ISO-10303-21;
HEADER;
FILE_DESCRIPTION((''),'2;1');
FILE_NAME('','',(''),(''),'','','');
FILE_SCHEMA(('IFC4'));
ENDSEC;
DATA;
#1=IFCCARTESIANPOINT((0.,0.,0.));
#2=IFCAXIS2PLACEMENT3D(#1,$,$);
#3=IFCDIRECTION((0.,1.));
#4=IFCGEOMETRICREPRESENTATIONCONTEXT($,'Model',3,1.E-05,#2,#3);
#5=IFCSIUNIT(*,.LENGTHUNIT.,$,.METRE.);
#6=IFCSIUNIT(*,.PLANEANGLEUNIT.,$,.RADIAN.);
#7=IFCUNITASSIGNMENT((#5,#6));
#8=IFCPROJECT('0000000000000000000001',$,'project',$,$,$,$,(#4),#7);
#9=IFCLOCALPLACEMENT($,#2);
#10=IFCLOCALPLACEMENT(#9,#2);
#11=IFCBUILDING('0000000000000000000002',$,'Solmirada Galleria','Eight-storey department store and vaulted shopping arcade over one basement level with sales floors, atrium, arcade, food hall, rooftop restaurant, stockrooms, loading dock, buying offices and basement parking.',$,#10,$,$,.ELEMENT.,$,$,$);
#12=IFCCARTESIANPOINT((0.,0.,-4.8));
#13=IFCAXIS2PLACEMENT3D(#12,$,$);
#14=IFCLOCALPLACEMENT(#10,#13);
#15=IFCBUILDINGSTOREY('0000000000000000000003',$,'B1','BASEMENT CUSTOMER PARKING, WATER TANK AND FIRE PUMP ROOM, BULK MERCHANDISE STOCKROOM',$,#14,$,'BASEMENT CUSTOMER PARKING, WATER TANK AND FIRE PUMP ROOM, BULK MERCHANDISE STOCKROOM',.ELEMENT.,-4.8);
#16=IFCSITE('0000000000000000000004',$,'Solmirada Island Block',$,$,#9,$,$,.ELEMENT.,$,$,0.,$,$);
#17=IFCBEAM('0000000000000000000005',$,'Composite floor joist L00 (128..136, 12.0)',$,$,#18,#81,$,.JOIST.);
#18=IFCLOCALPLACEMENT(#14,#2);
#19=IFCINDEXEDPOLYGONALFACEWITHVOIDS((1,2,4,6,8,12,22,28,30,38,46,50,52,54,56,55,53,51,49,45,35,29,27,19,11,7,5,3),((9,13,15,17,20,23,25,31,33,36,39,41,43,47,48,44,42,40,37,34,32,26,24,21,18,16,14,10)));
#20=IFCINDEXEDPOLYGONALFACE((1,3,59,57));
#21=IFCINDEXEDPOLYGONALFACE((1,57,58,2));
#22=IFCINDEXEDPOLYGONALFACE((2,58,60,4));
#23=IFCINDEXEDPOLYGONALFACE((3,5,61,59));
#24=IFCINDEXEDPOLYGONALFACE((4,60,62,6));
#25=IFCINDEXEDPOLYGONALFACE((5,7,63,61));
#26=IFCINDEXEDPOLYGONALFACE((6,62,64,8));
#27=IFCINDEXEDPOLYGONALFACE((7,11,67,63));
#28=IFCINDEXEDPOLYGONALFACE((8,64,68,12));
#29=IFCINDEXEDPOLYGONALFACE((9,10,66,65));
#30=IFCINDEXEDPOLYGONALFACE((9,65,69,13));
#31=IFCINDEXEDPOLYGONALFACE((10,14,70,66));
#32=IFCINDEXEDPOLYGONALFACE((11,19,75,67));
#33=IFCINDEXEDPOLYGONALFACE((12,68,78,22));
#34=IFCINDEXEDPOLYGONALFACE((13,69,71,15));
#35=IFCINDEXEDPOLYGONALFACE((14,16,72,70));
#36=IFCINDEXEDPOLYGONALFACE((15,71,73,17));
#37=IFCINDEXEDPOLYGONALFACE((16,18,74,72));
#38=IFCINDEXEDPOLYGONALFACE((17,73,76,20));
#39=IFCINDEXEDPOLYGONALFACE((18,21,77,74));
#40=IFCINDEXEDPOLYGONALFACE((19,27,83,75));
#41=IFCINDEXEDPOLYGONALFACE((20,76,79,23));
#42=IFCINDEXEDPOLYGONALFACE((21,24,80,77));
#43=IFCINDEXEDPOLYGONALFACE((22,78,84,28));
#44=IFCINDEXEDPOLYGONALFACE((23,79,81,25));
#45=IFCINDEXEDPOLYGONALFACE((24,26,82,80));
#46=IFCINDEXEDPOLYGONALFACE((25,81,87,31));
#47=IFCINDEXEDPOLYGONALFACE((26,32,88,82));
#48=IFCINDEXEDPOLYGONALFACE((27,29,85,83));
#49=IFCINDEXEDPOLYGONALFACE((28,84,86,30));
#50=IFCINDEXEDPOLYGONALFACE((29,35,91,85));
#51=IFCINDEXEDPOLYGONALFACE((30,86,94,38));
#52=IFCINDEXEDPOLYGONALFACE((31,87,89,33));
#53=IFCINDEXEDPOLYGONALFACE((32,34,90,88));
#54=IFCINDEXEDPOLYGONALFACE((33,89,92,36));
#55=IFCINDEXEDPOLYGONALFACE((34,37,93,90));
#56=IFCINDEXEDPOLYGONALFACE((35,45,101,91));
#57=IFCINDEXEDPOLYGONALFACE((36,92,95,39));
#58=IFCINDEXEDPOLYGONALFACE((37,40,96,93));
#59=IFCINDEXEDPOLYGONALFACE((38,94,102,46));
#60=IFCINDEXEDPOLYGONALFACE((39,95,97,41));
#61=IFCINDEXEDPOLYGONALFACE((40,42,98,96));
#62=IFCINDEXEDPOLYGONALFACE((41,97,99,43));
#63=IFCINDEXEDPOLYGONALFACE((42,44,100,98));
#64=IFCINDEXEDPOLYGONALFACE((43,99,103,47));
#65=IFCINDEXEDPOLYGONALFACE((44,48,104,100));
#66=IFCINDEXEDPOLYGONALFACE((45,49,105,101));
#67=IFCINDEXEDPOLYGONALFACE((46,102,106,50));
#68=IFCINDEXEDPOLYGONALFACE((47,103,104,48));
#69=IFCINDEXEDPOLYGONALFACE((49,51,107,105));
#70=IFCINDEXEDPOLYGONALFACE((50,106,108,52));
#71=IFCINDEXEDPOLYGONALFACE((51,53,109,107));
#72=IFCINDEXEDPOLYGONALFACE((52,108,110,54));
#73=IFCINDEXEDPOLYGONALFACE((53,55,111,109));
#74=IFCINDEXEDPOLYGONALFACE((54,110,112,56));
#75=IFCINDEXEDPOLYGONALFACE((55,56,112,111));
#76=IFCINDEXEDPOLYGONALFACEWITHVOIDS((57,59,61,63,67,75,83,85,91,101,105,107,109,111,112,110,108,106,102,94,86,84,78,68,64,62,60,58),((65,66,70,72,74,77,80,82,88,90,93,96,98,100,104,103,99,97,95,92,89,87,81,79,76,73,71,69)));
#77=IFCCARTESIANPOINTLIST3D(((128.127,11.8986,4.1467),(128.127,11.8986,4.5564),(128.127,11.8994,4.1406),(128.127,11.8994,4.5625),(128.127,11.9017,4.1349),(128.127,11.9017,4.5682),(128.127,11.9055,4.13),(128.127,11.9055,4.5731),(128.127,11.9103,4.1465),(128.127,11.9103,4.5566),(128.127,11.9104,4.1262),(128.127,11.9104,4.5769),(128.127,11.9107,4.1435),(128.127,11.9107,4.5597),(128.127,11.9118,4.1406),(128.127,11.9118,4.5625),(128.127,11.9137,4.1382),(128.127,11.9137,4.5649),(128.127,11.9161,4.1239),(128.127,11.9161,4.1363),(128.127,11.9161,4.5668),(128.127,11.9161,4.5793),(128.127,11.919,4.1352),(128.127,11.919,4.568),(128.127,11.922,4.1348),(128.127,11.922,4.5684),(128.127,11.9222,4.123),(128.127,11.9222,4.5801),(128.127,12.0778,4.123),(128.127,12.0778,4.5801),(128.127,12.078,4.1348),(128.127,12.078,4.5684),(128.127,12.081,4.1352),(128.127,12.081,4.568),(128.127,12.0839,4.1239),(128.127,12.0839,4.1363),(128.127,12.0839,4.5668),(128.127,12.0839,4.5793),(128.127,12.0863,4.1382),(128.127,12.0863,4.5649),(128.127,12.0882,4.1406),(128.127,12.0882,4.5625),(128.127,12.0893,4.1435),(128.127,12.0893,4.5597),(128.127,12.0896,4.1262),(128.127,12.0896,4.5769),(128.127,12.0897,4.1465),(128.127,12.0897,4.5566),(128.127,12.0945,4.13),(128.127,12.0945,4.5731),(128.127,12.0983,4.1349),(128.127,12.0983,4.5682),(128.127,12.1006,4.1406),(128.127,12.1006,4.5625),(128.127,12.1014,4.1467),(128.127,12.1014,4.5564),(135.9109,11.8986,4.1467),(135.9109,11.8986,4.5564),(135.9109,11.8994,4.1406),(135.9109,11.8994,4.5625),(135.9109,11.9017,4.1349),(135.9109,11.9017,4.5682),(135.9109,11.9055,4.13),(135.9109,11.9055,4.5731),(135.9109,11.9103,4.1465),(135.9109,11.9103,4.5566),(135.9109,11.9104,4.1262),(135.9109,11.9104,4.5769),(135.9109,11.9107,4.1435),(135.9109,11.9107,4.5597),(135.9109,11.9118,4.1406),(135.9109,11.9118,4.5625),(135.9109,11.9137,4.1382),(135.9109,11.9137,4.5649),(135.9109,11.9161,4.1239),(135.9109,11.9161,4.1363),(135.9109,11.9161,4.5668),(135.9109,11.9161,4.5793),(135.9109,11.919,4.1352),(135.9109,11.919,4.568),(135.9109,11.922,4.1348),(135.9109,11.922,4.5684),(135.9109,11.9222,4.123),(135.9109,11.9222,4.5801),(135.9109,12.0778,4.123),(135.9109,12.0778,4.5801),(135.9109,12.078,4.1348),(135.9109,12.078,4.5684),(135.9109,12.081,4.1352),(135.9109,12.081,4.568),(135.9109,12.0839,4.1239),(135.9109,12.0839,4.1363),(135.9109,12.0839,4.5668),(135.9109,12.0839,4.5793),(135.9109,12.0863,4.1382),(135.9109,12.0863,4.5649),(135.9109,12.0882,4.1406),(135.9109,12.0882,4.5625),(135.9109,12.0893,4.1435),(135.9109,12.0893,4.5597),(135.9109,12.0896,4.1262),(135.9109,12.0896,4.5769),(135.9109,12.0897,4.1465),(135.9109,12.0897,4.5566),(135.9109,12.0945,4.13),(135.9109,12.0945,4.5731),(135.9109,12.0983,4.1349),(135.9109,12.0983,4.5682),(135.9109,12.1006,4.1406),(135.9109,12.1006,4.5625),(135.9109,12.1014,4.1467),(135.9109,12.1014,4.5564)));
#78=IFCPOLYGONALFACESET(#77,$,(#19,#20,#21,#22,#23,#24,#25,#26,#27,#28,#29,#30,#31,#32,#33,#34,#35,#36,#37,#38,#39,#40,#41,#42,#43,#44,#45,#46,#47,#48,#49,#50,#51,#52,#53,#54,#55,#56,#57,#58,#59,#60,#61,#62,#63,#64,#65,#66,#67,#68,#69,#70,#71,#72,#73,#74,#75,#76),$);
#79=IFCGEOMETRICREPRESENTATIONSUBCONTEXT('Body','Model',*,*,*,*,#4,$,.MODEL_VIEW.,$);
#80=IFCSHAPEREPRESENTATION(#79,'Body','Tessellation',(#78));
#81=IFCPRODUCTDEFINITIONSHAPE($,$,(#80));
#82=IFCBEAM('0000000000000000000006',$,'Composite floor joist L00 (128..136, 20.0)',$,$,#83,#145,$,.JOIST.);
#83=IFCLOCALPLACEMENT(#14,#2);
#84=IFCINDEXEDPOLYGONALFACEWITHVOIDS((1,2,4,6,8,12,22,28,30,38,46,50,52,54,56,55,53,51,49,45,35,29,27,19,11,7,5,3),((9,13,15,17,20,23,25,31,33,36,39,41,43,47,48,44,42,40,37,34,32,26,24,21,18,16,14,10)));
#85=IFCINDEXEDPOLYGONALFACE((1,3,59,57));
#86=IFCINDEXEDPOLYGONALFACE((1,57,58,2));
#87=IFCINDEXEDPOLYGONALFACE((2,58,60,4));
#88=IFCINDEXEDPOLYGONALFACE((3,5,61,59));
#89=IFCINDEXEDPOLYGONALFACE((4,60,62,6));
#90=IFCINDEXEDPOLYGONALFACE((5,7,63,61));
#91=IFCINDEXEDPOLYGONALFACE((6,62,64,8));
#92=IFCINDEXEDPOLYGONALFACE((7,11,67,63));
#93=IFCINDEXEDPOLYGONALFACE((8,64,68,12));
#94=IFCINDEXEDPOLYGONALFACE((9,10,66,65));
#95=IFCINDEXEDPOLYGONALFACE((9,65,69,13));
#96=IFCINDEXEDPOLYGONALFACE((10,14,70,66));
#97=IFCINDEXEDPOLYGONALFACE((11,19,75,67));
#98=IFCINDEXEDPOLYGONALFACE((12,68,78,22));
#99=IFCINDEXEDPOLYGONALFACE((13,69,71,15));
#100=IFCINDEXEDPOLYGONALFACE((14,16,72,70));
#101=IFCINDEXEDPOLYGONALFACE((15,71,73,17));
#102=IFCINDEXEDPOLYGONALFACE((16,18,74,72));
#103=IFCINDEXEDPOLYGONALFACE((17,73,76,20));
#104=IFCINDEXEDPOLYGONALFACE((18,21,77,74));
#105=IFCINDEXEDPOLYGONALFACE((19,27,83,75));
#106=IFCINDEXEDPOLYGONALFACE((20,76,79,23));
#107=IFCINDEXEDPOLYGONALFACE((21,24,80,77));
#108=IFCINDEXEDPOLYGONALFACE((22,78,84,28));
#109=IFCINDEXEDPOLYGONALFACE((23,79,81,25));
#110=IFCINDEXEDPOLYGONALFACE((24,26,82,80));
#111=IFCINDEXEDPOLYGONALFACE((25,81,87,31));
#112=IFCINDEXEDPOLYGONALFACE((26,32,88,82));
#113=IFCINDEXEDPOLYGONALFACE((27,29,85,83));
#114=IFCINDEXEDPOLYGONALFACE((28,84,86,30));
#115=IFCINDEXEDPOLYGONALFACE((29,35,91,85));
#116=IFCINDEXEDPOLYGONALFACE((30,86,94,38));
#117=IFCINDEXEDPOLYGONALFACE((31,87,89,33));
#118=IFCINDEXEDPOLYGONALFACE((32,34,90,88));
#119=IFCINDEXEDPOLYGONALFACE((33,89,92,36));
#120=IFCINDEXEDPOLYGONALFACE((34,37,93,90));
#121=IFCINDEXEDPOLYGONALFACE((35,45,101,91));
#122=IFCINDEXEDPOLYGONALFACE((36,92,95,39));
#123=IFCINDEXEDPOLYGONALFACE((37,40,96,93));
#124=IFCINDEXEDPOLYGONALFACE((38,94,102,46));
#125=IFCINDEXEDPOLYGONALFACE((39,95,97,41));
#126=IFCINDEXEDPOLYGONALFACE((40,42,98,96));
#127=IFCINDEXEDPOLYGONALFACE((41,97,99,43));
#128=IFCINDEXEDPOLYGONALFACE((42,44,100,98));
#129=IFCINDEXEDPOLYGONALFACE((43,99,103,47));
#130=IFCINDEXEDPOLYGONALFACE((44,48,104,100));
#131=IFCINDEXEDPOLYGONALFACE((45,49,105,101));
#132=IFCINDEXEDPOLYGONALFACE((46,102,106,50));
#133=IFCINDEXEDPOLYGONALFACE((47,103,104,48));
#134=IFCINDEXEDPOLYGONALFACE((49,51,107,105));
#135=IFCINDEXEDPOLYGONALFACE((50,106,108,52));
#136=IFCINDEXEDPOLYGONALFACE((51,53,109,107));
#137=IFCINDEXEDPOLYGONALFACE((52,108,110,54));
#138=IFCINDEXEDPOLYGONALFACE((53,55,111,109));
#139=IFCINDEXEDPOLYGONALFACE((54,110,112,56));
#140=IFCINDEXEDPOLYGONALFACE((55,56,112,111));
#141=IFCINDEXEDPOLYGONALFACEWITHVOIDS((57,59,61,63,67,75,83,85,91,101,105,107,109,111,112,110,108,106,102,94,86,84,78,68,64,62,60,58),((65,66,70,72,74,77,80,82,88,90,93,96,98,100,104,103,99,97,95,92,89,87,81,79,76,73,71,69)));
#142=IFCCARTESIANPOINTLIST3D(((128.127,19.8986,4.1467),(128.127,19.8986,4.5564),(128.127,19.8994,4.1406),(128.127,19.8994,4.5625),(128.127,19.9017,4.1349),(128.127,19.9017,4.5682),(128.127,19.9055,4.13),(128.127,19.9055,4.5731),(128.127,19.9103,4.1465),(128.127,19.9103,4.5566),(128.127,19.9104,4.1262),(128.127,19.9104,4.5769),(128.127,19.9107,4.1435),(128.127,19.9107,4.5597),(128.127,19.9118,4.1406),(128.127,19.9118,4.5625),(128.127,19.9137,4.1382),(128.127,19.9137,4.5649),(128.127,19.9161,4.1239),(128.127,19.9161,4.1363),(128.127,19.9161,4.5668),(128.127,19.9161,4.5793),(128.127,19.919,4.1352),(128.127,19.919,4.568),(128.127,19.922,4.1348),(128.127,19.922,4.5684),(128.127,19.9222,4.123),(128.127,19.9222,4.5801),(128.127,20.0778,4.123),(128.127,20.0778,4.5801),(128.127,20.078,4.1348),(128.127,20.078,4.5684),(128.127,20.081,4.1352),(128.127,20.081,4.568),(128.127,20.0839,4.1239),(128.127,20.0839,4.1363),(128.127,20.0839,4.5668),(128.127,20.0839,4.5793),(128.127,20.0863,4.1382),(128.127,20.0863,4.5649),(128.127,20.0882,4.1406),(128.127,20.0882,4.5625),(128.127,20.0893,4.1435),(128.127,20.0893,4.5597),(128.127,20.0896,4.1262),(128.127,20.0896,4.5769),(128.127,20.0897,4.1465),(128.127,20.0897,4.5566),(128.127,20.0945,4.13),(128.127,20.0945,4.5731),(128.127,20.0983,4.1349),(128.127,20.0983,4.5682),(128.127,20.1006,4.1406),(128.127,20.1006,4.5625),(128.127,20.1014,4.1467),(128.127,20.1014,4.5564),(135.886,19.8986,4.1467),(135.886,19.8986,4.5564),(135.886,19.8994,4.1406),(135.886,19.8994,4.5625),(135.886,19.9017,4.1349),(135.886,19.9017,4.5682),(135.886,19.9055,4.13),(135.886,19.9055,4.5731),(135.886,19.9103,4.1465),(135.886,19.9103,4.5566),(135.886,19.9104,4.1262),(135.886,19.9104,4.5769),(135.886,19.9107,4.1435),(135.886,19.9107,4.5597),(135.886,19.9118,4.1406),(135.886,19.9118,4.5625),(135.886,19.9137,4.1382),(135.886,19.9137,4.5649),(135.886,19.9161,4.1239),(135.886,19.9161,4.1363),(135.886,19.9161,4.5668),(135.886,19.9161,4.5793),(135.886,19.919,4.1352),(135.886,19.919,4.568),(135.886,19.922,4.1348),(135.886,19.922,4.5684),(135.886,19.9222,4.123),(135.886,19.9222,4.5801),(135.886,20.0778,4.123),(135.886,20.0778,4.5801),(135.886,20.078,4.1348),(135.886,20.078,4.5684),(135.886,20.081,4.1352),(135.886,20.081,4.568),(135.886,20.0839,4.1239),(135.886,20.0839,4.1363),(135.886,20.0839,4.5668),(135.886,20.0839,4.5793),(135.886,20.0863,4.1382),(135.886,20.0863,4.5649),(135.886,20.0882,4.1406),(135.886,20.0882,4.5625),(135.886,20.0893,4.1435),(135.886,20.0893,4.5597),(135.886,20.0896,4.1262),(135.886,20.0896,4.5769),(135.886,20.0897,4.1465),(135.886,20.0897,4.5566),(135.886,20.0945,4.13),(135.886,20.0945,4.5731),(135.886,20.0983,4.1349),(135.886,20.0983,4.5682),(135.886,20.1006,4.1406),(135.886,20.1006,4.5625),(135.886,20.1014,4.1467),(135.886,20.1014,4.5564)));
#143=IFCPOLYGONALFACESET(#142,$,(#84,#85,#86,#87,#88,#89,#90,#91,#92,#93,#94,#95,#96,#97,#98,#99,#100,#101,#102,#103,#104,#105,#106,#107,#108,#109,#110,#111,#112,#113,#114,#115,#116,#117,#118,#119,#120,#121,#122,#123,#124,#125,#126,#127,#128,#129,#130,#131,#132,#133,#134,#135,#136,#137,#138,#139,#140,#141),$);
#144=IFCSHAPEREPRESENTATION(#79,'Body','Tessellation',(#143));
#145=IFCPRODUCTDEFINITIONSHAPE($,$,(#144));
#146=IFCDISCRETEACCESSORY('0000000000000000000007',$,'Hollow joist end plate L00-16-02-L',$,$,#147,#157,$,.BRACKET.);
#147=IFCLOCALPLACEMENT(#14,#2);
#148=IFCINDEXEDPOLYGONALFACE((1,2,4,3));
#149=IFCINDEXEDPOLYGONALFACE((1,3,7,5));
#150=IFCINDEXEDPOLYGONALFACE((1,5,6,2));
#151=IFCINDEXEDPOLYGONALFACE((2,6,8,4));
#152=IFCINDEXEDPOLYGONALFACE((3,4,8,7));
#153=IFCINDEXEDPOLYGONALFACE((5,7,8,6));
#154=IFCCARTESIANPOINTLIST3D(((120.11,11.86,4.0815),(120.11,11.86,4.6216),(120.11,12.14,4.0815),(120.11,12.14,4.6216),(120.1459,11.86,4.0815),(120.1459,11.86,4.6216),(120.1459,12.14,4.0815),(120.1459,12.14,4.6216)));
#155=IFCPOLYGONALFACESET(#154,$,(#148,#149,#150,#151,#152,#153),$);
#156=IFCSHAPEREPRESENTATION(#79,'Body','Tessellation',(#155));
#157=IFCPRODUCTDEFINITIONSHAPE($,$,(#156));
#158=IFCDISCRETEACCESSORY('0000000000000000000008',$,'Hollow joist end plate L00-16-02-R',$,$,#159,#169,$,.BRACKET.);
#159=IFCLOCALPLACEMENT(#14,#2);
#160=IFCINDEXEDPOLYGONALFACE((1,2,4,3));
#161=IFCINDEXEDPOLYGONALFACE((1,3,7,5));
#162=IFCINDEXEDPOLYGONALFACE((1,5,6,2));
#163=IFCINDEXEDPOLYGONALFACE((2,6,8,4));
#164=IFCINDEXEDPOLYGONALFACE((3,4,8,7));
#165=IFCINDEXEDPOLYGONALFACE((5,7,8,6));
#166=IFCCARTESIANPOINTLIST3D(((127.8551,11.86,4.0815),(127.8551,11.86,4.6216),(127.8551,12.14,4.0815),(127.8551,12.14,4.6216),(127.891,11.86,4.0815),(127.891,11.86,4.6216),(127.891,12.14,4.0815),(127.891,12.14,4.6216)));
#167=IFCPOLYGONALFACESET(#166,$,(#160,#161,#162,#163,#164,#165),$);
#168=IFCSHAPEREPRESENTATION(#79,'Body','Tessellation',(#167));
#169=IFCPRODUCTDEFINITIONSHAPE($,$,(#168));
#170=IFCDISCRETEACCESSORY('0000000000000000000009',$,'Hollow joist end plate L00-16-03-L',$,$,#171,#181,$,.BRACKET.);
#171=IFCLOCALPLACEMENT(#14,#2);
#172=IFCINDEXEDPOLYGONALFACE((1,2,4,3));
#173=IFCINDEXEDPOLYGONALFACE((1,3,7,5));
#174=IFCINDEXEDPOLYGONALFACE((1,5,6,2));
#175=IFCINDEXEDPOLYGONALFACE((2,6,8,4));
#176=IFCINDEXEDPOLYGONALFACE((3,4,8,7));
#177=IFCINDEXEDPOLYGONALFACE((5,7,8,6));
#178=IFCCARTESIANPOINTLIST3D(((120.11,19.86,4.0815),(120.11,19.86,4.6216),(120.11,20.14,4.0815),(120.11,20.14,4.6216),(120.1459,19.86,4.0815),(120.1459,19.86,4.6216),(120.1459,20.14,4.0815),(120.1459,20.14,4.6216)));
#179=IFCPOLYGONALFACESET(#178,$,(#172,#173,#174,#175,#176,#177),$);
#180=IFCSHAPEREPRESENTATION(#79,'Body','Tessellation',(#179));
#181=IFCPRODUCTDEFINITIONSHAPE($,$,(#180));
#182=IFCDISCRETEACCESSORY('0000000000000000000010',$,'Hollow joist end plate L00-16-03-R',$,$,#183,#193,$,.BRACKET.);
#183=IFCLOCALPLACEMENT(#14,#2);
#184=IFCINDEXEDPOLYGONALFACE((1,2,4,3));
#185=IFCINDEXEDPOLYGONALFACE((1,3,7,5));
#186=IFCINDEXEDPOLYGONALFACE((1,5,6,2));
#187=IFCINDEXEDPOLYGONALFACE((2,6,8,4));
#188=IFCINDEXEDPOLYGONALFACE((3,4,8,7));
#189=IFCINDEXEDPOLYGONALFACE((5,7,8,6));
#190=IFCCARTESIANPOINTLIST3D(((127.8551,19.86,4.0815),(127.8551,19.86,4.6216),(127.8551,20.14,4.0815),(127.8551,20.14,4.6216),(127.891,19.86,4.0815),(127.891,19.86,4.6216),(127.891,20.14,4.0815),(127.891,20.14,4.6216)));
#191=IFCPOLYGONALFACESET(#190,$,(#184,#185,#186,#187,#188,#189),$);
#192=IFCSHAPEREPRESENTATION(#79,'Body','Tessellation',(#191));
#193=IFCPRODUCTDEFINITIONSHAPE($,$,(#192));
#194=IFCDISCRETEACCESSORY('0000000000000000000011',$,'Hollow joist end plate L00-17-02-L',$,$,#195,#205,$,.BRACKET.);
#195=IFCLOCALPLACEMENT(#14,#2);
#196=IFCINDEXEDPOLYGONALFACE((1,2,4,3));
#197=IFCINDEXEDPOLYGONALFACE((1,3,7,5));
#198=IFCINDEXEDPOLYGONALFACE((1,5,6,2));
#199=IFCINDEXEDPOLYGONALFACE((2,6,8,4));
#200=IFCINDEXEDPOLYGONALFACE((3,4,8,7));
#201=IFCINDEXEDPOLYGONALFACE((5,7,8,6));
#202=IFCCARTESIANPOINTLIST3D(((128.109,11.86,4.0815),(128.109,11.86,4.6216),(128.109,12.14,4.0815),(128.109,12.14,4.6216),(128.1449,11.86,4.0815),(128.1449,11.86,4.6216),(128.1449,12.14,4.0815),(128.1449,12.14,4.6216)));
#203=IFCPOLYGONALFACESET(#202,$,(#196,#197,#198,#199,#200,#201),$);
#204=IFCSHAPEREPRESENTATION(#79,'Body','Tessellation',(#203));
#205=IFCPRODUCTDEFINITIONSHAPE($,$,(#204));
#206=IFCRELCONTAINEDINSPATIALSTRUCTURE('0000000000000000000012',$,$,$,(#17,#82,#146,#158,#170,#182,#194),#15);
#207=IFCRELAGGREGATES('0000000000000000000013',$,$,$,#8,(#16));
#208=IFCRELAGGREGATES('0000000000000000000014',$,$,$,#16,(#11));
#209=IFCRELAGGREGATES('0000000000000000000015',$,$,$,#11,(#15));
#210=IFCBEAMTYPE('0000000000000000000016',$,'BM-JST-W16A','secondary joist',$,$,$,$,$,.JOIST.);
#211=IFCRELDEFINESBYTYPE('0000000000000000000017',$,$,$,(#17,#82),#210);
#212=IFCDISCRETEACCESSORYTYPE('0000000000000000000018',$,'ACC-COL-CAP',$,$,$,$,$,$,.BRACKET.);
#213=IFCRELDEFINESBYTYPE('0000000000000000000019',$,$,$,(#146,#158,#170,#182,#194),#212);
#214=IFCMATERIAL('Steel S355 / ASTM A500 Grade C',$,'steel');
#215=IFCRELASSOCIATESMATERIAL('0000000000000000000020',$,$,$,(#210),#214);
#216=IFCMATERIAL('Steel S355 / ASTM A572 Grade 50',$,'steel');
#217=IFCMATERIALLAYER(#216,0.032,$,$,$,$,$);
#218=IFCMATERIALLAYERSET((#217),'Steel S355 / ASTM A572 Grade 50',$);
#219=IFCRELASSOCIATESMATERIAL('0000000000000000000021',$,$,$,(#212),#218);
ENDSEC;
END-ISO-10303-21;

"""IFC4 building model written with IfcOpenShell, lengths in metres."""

from ifc_helpers import new_model, si_unit, direction, frame, origin, origin_2d, place, context, subcontext, project, spatial, rectangle, hollow_rectangle, extrude, material, layer, layer_set, material_profile, profile_set, type_object, element, save


model = new_model("IFC4")

# Units and contexts
model_context = context("Model", 3, precision=1e-05, world=origin(), true_north=direction((0.0, 1.0)))
body_context = subcontext(model_context, "Body", "Model", "MODEL_VIEW")
ifc_project = project(units=[si_unit("LENGTHUNIT", "METRE"), si_unit("PLANEANGLEUNIT", "RADIAN")], contexts=[model_context])

# Site, building, storey
site_placement = place(None, origin())
site = spatial("IfcSite", under=ifc_project, at=site_placement, Name="Solmirada Island Block", CompositionType="ELEMENT", RefElevation=0.0)
building_placement = place(site_placement, origin())
building = spatial("IfcBuilding", under=site, at=building_placement, Name="Solmirada Galleria", Description="Eight-storey department store and vaulted shopping arcade over one basement level with sales floors, atrium, arcade, food hall, rooftop restaurant, stockrooms, loading dock, buying offices and basement parking.", CompositionType="ELEMENT")
storey_placement = place(building_placement, frame((0.0, 0.0, -4.8)))
storey = spatial("IfcBuildingStorey", under=building, at=storey_placement, Name="B1", Description="BASEMENT CUSTOMER PARKING, WATER TANK AND FIRE PUMP ROOM, BULK MERCHANDISE STOCKROOM", LongName="BASEMENT CUSTOMER PARKING, WATER TANK AND FIRE PUMP ROOM, BULK MERCHANDISE STOCKROOM", CompositionType="ELEMENT", Elevation=-4.8)

# Beams
ifc_material_1 = material(Name="Steel S355 / ASTM A500 Grade C", Category="steel")
ifc_material_profile_1 = material_profile(ifc_material_1, hollow_rectangle(XDim=0.2029, YDim=0.457, WallThickness=0.0117, InnerFilletRadius=0.0117, OuterFilletRadius=0.0237, at=origin_2d()), Name="HSS18X8X1/2")
ifc_profile_set_1 = profile_set([ifc_material_profile_1], Name="Steel S355 / ASTM A500 Grade C")
beam_type_1 = type_object("IfcBeamType", Name="BM-JST-W16A", Description="secondary joist", PredefinedType="JOIST", material=ifc_profile_set_1)
beam_1_placement = place(storey_placement, frame((128.127, 12.0, 4.3516), z_axis=(1.0, 0.0, 0.0), x_axis=(0.0, 1.0, 0.0)))
element("IfcBeam", 1, at=beam_1_placement, inside=storey, type_object=beam_type_1, Name="Composite floor joist L00 (128..136, 12.0)", PredefinedType="JOIST", context=body_context, shape_type="SweptSolid", body=[
    extrude(hollow_rectangle(XDim=0.2029, YDim=0.457, WallThickness=0.0117, InnerFilletRadius=0.0117, OuterFilletRadius=0.0237, at=origin_2d()), origin(), (0.0, 0.0, 1.0), 7.7839),
])
beam_2_placement = place(storey_placement, frame((128.127, 20.0, 4.3516), z_axis=(1.0, 0.0, 0.0), x_axis=(0.0, 1.0, 0.0)))
element("IfcBeam", 2, at=beam_2_placement, inside=storey, type_object=beam_type_1, Name="Composite floor joist L00 (128..136, 20.0)", PredefinedType="JOIST", context=body_context, shape_type="SweptSolid", body=[
    extrude(hollow_rectangle(XDim=0.2029, YDim=0.457, WallThickness=0.0117, InnerFilletRadius=0.0117, OuterFilletRadius=0.0237, at=origin_2d()), origin(), (0.0, 0.0, 1.0), 7.759),
])

# Discrete accessories
ifc_material_2 = material(Name="Steel S355 / ASTM A572 Grade 50", Category="steel")
ifc_layer = layer(ifc_material_2, 0.032)
ifc_layer_set = layer_set([ifc_layer], Name="Steel S355 / ASTM A572 Grade 50")
discrete_accessory_type = type_object("IfcDiscreteAccessoryType", Name="ACC-COL-CAP", PredefinedType="BRACKET", material=ifc_layer_set)
for number, where, z_axis, x_axis, name in (
    (3, (120.1279, 12.0, 4.0815), (0.0, 0.0, 1.0), (1.0, 0.0, 0.0), "Hollow joist end plate L00-16-02-L"),
    (4, (127.873, 12.0, 4.0815), (0.0, 0.0, 1.0), (1.0, 0.0, 0.0), "Hollow joist end plate L00-16-02-R"),
    (5, (120.1279, 20.0, 4.0815), (0.0, 0.0, 1.0), (1.0, 0.0, 0.0), "Hollow joist end plate L00-16-03-L"),
    (6, (127.873, 20.0, 4.0815), (0.0, 0.0, 1.0), (1.0, 0.0, 0.0), "Hollow joist end plate L00-16-03-R"),
    (7, (128.127, 12.0, 4.0815), (0.0, 0.0, 1.0), (1.0, 0.0, 0.0), "Hollow joist end plate L00-17-02-L"),
):
    element("IfcDiscreteAccessory", number, at=place(storey_placement, frame(where, z_axis=z_axis, x_axis=x_axis)), inside=storey, type_object=discrete_accessory_type, Name=name, PredefinedType="BRACKET", context=body_context, shape_type="SweptSolid", body=[
        extrude(rectangle(XDim=0.0359, YDim=0.28, at=origin_2d()), origin(), (0.0, 0.0, 1.0), 0.54),
    ])

save(model, "model.ifc")
